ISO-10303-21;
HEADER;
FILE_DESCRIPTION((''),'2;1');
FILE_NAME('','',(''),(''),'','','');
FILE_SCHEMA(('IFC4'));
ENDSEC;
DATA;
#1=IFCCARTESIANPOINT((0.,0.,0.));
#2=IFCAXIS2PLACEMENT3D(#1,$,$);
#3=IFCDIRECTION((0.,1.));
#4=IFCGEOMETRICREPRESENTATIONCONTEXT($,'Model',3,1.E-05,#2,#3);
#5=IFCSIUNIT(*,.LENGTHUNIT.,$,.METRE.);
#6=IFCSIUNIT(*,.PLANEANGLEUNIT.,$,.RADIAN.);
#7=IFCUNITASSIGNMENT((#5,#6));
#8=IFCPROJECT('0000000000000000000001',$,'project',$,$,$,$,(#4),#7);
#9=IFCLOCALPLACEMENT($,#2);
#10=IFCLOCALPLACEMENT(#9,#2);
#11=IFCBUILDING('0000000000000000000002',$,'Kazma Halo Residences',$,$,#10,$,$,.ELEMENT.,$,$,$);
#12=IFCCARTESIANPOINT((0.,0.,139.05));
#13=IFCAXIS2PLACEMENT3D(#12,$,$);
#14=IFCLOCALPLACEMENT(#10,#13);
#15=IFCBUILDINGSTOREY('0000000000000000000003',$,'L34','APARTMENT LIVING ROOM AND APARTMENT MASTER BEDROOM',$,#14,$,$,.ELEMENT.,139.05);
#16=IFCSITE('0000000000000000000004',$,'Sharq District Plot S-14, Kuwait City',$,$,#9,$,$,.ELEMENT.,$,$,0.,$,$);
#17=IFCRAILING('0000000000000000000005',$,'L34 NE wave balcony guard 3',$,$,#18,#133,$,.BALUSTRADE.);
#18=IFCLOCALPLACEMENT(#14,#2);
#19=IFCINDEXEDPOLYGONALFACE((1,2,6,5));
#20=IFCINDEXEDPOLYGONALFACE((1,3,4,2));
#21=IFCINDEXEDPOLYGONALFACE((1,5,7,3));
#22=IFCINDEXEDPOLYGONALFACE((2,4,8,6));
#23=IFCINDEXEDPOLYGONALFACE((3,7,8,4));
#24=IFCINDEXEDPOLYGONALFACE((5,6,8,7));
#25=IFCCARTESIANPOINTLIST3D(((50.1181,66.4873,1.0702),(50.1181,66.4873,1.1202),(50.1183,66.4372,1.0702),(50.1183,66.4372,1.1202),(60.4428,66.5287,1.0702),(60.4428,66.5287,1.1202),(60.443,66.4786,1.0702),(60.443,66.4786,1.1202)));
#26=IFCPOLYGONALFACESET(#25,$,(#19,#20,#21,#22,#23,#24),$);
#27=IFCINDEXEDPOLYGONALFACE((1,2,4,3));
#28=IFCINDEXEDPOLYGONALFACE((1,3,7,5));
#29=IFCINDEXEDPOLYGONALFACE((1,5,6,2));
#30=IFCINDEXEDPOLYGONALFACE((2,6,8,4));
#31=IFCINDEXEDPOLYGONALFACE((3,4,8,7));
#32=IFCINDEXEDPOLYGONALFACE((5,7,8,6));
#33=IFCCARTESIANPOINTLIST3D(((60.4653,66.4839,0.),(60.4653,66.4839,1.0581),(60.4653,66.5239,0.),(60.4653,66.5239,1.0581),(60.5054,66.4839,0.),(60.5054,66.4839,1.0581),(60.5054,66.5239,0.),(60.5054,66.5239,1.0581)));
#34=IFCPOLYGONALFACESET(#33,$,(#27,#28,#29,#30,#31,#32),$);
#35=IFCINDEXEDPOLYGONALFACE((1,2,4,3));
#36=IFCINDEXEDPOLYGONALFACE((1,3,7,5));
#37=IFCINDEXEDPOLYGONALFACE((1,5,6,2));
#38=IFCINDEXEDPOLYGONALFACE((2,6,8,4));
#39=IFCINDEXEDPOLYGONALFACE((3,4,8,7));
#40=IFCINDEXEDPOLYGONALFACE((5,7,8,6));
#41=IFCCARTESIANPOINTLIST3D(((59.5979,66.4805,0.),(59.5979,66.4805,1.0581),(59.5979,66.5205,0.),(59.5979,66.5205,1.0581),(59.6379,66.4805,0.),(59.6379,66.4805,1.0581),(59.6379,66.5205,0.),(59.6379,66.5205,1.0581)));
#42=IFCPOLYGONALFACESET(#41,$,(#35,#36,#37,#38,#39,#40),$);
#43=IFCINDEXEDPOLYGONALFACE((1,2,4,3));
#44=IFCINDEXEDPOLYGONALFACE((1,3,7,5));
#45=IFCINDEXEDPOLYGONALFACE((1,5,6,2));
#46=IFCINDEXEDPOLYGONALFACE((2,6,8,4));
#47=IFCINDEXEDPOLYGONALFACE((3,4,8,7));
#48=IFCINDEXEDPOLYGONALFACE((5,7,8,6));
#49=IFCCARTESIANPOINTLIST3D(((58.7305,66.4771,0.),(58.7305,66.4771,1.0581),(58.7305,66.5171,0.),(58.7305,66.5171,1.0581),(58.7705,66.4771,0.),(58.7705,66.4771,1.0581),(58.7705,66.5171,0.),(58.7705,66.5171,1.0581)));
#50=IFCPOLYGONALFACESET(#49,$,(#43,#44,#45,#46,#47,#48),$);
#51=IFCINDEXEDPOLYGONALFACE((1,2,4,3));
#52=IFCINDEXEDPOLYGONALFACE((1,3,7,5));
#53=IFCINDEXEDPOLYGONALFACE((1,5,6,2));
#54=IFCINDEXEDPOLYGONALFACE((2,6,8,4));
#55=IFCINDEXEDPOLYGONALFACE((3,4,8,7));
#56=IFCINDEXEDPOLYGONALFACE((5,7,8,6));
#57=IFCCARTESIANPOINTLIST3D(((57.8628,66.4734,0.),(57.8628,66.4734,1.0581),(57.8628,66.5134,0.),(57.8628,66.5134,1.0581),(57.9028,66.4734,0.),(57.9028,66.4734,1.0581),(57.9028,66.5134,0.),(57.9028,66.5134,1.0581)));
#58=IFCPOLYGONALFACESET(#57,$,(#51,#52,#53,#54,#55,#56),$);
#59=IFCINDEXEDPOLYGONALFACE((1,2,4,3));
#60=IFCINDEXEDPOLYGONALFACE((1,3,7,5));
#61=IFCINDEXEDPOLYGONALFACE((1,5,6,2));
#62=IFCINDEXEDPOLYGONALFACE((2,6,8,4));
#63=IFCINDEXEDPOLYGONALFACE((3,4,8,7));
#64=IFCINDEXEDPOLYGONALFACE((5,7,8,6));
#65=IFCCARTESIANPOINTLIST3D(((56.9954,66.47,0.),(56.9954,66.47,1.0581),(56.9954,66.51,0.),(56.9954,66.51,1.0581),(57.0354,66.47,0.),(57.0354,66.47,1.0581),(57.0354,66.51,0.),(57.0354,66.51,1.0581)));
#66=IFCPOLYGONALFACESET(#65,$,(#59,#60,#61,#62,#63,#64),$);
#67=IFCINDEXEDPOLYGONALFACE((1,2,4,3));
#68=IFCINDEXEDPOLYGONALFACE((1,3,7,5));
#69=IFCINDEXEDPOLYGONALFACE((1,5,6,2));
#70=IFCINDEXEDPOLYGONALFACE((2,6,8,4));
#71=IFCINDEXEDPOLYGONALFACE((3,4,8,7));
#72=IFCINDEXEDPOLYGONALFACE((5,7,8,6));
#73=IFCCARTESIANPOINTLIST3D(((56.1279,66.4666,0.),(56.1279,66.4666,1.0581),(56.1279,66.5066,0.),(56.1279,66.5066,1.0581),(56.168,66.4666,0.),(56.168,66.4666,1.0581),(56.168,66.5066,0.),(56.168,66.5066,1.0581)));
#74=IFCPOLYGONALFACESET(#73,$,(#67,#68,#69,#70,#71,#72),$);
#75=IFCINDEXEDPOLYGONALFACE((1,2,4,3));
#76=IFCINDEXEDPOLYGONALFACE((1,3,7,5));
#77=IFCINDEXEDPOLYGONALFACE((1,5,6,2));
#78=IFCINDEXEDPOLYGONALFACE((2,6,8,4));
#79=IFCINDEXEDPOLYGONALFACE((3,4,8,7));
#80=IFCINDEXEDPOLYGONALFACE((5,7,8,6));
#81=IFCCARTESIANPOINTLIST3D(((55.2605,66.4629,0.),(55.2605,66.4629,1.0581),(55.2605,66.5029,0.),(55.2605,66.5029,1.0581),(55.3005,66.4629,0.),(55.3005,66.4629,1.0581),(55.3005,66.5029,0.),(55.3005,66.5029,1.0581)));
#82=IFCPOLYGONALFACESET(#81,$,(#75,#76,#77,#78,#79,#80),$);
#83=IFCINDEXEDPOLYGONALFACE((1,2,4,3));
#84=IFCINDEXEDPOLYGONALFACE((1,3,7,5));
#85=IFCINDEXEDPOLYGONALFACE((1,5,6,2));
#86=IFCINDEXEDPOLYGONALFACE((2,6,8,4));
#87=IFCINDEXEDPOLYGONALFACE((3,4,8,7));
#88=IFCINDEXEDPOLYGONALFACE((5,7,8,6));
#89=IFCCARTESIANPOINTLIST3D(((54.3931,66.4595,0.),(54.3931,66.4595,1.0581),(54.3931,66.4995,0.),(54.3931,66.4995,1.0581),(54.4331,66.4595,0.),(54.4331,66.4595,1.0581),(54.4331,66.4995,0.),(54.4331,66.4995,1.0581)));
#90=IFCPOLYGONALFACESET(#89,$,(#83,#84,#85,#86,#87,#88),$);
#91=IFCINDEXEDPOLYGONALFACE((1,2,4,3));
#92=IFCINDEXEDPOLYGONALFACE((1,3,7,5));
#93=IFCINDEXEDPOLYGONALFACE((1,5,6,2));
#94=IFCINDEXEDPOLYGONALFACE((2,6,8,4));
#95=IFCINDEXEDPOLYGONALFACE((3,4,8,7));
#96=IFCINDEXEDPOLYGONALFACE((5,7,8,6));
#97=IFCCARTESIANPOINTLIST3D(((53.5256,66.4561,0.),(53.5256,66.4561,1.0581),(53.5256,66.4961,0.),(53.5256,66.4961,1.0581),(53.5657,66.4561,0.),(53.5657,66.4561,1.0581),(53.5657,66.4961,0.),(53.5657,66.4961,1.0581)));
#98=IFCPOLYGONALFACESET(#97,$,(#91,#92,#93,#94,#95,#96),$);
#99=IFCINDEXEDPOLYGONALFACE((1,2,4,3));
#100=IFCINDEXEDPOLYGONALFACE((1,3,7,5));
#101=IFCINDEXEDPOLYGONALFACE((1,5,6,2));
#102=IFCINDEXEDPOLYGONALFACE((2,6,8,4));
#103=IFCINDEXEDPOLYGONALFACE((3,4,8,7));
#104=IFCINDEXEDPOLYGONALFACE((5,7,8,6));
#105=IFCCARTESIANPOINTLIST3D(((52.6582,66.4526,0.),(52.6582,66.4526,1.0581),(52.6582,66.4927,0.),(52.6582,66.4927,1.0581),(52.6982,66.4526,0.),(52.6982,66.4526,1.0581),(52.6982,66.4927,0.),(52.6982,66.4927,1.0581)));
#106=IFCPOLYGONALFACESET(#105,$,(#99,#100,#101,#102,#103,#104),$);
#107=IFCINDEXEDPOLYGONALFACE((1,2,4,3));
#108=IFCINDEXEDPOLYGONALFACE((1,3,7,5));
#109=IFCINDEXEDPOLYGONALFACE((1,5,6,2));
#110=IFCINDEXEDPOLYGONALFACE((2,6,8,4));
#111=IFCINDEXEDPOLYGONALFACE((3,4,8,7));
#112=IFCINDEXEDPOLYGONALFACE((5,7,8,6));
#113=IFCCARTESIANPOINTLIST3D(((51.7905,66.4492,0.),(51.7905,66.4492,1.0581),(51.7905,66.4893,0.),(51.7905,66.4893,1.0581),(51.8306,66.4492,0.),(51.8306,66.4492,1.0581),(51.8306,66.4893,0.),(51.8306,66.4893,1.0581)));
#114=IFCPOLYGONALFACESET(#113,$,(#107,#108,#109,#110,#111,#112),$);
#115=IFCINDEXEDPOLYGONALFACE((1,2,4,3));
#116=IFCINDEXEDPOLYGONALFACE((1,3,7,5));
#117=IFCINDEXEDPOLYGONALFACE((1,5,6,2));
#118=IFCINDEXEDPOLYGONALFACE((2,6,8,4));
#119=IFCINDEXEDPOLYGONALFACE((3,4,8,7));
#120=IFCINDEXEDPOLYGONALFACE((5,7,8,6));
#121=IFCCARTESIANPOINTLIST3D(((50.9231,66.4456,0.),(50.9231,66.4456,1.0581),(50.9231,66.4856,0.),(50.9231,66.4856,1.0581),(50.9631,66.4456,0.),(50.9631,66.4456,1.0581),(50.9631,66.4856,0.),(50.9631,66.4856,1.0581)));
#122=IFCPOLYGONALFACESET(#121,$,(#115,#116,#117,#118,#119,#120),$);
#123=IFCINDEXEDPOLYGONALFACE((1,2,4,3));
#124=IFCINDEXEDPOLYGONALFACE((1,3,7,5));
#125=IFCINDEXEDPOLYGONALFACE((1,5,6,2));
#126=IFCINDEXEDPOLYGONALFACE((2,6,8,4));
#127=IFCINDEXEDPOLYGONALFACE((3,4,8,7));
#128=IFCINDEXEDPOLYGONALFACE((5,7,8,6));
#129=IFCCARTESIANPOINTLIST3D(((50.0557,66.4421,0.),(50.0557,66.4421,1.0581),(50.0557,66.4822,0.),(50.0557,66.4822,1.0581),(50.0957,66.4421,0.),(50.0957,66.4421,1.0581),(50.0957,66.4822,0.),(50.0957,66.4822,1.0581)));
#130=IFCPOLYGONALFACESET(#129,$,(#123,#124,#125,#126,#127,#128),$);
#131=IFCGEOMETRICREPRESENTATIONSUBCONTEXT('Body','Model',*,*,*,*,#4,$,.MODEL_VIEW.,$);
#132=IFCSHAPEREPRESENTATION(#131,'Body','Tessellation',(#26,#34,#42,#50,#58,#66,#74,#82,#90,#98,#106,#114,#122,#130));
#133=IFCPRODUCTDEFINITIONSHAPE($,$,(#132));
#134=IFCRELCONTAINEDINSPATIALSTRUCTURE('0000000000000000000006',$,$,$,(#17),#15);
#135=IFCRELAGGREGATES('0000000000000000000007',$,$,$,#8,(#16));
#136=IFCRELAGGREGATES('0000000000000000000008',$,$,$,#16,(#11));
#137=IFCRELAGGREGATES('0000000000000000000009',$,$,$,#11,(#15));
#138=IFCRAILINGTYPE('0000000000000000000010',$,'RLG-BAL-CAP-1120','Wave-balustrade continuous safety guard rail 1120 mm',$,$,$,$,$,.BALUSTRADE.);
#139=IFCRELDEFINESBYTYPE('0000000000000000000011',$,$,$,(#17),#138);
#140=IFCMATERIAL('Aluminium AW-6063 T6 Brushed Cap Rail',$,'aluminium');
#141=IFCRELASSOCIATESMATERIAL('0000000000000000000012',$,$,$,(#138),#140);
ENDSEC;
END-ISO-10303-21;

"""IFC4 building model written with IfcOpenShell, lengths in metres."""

from ifc_helpers import new_model, si_unit, direction, frame, origin, origin_2d, place, context, subcontext, project, spatial, rectangle, extrude, material, type_object, element, save


model = new_model("IFC4")

# Units and contexts
model_context = context("Model", 3, precision=1e-05, world=origin(), true_north=direction((0.0, 1.0)))
body_context = subcontext(model_context, "Body", "Model", "MODEL_VIEW")
ifc_project = project(units=[si_unit("LENGTHUNIT", "METRE"), si_unit("PLANEANGLEUNIT", "RADIAN")], contexts=[model_context])

# Site, building, storey
site_placement = place(None, origin())
site = spatial("IfcSite", under=ifc_project, at=site_placement, Name="Sharq District Plot S-14, Kuwait City", CompositionType="ELEMENT", RefElevation=0.0)
building_placement = place(site_placement, origin())
building = spatial("IfcBuilding", under=site, at=building_placement, Name="Kazma Halo Residences", CompositionType="ELEMENT")
storey_placement = place(building_placement, frame((0.0, 0.0, 139.05)))
storey = spatial("IfcBuildingStorey", under=building, at=storey_placement, Name="L34", Description="APARTMENT LIVING ROOM AND APARTMENT MASTER BEDROOM", CompositionType="ELEMENT", Elevation=139.05)

# Railing
ifc_material_1 = material(Name="Aluminium AW-6063 T6 Brushed Cap Rail", Category="aluminium")
railing_type = type_object("IfcRailingType", Name="RLG-BAL-CAP-1120", Description="Wave-balustrade continuous safety guard rail 1120 mm", PredefinedType="BALUSTRADE", material=ifc_material_1)
railing_1_placement = place(storey_placement, frame((60.4854, 66.5039, 0.0)))
element("IfcRailing", 1, at=railing_1_placement, inside=storey, type_object=railing_type, Name="L34 NE wave balcony guard 3", PredefinedType="BALUSTRADE", context=body_context, shape_type="SweptSolid", body=[
    extrude(rectangle(XDim=0.05, YDim=0.05, at=origin_2d()), frame((-0.0425, -0.0002, 1.0952), z_axis=(-0.999992, -0.00401, 0.0), x_axis=(0.00401, -0.999992, 0.0)), (0.0, 0.0, 1.0), 10.3247),
    extrude(rectangle(XDim=0.04, YDim=0.04, at=origin_2d()), origin(), (0.0, 0.0, 1.0), 1.0581),
    extrude(rectangle(XDim=0.04, YDim=0.04, at=origin_2d()), frame((-0.8674, -0.0034, 0.0)), (0.0, 0.0, 1.0), 1.0581),
    extrude(rectangle(XDim=0.04, YDim=0.04, at=origin_2d()), frame((-1.7349, -0.0068, 0.0)), (0.0, 0.0, 1.0), 1.0581),
    extrude(rectangle(XDim=0.04, YDim=0.04, at=origin_2d()), frame((-2.6025, -0.0105, 0.0)), (0.0, 0.0, 1.0), 1.0581),
    extrude(rectangle(XDim=0.04, YDim=0.04, at=origin_2d()), frame((-3.47, -0.0139, 0.0)), (0.0, 0.0, 1.0), 1.0581),
    extrude(rectangle(XDim=0.04, YDim=0.04, at=origin_2d()), frame((-4.3374, -0.0173, 0.0)), (0.0, 0.0, 1.0), 1.0581),
    extrude(rectangle(XDim=0.04, YDim=0.04, at=origin_2d()), frame((-5.2048, -0.021, 0.0)), (0.0, 0.0, 1.0), 1.0581),
    extrude(rectangle(XDim=0.04, YDim=0.04, at=origin_2d()), frame((-6.0723, -0.0244, 0.0)), (0.0, 0.0, 1.0), 1.0581),
    extrude(rectangle(XDim=0.04, YDim=0.04, at=origin_2d()), frame((-6.9397, -0.0278, 0.0)), (0.0, 0.0, 1.0), 1.0581),
    extrude(rectangle(XDim=0.04, YDim=0.04, at=origin_2d()), frame((-7.8071, -0.0312, 0.0)), (0.0, 0.0, 1.0), 1.0581),
    extrude(rectangle(XDim=0.04, YDim=0.04, at=origin_2d()), frame((-8.6748, -0.0347, 0.0)), (0.0, 0.0, 1.0), 1.0581),
    extrude(rectangle(XDim=0.04, YDim=0.04, at=origin_2d()), frame((-9.5422, -0.0383, 0.0)), (0.0, 0.0, 1.0), 1.0581),
    extrude(rectangle(XDim=0.04, YDim=0.04, at=origin_2d()), frame((-10.4097, -0.0417, 0.0)), (0.0, 0.0, 1.0), 1.0581),
])

save(model, "model.ifc")
